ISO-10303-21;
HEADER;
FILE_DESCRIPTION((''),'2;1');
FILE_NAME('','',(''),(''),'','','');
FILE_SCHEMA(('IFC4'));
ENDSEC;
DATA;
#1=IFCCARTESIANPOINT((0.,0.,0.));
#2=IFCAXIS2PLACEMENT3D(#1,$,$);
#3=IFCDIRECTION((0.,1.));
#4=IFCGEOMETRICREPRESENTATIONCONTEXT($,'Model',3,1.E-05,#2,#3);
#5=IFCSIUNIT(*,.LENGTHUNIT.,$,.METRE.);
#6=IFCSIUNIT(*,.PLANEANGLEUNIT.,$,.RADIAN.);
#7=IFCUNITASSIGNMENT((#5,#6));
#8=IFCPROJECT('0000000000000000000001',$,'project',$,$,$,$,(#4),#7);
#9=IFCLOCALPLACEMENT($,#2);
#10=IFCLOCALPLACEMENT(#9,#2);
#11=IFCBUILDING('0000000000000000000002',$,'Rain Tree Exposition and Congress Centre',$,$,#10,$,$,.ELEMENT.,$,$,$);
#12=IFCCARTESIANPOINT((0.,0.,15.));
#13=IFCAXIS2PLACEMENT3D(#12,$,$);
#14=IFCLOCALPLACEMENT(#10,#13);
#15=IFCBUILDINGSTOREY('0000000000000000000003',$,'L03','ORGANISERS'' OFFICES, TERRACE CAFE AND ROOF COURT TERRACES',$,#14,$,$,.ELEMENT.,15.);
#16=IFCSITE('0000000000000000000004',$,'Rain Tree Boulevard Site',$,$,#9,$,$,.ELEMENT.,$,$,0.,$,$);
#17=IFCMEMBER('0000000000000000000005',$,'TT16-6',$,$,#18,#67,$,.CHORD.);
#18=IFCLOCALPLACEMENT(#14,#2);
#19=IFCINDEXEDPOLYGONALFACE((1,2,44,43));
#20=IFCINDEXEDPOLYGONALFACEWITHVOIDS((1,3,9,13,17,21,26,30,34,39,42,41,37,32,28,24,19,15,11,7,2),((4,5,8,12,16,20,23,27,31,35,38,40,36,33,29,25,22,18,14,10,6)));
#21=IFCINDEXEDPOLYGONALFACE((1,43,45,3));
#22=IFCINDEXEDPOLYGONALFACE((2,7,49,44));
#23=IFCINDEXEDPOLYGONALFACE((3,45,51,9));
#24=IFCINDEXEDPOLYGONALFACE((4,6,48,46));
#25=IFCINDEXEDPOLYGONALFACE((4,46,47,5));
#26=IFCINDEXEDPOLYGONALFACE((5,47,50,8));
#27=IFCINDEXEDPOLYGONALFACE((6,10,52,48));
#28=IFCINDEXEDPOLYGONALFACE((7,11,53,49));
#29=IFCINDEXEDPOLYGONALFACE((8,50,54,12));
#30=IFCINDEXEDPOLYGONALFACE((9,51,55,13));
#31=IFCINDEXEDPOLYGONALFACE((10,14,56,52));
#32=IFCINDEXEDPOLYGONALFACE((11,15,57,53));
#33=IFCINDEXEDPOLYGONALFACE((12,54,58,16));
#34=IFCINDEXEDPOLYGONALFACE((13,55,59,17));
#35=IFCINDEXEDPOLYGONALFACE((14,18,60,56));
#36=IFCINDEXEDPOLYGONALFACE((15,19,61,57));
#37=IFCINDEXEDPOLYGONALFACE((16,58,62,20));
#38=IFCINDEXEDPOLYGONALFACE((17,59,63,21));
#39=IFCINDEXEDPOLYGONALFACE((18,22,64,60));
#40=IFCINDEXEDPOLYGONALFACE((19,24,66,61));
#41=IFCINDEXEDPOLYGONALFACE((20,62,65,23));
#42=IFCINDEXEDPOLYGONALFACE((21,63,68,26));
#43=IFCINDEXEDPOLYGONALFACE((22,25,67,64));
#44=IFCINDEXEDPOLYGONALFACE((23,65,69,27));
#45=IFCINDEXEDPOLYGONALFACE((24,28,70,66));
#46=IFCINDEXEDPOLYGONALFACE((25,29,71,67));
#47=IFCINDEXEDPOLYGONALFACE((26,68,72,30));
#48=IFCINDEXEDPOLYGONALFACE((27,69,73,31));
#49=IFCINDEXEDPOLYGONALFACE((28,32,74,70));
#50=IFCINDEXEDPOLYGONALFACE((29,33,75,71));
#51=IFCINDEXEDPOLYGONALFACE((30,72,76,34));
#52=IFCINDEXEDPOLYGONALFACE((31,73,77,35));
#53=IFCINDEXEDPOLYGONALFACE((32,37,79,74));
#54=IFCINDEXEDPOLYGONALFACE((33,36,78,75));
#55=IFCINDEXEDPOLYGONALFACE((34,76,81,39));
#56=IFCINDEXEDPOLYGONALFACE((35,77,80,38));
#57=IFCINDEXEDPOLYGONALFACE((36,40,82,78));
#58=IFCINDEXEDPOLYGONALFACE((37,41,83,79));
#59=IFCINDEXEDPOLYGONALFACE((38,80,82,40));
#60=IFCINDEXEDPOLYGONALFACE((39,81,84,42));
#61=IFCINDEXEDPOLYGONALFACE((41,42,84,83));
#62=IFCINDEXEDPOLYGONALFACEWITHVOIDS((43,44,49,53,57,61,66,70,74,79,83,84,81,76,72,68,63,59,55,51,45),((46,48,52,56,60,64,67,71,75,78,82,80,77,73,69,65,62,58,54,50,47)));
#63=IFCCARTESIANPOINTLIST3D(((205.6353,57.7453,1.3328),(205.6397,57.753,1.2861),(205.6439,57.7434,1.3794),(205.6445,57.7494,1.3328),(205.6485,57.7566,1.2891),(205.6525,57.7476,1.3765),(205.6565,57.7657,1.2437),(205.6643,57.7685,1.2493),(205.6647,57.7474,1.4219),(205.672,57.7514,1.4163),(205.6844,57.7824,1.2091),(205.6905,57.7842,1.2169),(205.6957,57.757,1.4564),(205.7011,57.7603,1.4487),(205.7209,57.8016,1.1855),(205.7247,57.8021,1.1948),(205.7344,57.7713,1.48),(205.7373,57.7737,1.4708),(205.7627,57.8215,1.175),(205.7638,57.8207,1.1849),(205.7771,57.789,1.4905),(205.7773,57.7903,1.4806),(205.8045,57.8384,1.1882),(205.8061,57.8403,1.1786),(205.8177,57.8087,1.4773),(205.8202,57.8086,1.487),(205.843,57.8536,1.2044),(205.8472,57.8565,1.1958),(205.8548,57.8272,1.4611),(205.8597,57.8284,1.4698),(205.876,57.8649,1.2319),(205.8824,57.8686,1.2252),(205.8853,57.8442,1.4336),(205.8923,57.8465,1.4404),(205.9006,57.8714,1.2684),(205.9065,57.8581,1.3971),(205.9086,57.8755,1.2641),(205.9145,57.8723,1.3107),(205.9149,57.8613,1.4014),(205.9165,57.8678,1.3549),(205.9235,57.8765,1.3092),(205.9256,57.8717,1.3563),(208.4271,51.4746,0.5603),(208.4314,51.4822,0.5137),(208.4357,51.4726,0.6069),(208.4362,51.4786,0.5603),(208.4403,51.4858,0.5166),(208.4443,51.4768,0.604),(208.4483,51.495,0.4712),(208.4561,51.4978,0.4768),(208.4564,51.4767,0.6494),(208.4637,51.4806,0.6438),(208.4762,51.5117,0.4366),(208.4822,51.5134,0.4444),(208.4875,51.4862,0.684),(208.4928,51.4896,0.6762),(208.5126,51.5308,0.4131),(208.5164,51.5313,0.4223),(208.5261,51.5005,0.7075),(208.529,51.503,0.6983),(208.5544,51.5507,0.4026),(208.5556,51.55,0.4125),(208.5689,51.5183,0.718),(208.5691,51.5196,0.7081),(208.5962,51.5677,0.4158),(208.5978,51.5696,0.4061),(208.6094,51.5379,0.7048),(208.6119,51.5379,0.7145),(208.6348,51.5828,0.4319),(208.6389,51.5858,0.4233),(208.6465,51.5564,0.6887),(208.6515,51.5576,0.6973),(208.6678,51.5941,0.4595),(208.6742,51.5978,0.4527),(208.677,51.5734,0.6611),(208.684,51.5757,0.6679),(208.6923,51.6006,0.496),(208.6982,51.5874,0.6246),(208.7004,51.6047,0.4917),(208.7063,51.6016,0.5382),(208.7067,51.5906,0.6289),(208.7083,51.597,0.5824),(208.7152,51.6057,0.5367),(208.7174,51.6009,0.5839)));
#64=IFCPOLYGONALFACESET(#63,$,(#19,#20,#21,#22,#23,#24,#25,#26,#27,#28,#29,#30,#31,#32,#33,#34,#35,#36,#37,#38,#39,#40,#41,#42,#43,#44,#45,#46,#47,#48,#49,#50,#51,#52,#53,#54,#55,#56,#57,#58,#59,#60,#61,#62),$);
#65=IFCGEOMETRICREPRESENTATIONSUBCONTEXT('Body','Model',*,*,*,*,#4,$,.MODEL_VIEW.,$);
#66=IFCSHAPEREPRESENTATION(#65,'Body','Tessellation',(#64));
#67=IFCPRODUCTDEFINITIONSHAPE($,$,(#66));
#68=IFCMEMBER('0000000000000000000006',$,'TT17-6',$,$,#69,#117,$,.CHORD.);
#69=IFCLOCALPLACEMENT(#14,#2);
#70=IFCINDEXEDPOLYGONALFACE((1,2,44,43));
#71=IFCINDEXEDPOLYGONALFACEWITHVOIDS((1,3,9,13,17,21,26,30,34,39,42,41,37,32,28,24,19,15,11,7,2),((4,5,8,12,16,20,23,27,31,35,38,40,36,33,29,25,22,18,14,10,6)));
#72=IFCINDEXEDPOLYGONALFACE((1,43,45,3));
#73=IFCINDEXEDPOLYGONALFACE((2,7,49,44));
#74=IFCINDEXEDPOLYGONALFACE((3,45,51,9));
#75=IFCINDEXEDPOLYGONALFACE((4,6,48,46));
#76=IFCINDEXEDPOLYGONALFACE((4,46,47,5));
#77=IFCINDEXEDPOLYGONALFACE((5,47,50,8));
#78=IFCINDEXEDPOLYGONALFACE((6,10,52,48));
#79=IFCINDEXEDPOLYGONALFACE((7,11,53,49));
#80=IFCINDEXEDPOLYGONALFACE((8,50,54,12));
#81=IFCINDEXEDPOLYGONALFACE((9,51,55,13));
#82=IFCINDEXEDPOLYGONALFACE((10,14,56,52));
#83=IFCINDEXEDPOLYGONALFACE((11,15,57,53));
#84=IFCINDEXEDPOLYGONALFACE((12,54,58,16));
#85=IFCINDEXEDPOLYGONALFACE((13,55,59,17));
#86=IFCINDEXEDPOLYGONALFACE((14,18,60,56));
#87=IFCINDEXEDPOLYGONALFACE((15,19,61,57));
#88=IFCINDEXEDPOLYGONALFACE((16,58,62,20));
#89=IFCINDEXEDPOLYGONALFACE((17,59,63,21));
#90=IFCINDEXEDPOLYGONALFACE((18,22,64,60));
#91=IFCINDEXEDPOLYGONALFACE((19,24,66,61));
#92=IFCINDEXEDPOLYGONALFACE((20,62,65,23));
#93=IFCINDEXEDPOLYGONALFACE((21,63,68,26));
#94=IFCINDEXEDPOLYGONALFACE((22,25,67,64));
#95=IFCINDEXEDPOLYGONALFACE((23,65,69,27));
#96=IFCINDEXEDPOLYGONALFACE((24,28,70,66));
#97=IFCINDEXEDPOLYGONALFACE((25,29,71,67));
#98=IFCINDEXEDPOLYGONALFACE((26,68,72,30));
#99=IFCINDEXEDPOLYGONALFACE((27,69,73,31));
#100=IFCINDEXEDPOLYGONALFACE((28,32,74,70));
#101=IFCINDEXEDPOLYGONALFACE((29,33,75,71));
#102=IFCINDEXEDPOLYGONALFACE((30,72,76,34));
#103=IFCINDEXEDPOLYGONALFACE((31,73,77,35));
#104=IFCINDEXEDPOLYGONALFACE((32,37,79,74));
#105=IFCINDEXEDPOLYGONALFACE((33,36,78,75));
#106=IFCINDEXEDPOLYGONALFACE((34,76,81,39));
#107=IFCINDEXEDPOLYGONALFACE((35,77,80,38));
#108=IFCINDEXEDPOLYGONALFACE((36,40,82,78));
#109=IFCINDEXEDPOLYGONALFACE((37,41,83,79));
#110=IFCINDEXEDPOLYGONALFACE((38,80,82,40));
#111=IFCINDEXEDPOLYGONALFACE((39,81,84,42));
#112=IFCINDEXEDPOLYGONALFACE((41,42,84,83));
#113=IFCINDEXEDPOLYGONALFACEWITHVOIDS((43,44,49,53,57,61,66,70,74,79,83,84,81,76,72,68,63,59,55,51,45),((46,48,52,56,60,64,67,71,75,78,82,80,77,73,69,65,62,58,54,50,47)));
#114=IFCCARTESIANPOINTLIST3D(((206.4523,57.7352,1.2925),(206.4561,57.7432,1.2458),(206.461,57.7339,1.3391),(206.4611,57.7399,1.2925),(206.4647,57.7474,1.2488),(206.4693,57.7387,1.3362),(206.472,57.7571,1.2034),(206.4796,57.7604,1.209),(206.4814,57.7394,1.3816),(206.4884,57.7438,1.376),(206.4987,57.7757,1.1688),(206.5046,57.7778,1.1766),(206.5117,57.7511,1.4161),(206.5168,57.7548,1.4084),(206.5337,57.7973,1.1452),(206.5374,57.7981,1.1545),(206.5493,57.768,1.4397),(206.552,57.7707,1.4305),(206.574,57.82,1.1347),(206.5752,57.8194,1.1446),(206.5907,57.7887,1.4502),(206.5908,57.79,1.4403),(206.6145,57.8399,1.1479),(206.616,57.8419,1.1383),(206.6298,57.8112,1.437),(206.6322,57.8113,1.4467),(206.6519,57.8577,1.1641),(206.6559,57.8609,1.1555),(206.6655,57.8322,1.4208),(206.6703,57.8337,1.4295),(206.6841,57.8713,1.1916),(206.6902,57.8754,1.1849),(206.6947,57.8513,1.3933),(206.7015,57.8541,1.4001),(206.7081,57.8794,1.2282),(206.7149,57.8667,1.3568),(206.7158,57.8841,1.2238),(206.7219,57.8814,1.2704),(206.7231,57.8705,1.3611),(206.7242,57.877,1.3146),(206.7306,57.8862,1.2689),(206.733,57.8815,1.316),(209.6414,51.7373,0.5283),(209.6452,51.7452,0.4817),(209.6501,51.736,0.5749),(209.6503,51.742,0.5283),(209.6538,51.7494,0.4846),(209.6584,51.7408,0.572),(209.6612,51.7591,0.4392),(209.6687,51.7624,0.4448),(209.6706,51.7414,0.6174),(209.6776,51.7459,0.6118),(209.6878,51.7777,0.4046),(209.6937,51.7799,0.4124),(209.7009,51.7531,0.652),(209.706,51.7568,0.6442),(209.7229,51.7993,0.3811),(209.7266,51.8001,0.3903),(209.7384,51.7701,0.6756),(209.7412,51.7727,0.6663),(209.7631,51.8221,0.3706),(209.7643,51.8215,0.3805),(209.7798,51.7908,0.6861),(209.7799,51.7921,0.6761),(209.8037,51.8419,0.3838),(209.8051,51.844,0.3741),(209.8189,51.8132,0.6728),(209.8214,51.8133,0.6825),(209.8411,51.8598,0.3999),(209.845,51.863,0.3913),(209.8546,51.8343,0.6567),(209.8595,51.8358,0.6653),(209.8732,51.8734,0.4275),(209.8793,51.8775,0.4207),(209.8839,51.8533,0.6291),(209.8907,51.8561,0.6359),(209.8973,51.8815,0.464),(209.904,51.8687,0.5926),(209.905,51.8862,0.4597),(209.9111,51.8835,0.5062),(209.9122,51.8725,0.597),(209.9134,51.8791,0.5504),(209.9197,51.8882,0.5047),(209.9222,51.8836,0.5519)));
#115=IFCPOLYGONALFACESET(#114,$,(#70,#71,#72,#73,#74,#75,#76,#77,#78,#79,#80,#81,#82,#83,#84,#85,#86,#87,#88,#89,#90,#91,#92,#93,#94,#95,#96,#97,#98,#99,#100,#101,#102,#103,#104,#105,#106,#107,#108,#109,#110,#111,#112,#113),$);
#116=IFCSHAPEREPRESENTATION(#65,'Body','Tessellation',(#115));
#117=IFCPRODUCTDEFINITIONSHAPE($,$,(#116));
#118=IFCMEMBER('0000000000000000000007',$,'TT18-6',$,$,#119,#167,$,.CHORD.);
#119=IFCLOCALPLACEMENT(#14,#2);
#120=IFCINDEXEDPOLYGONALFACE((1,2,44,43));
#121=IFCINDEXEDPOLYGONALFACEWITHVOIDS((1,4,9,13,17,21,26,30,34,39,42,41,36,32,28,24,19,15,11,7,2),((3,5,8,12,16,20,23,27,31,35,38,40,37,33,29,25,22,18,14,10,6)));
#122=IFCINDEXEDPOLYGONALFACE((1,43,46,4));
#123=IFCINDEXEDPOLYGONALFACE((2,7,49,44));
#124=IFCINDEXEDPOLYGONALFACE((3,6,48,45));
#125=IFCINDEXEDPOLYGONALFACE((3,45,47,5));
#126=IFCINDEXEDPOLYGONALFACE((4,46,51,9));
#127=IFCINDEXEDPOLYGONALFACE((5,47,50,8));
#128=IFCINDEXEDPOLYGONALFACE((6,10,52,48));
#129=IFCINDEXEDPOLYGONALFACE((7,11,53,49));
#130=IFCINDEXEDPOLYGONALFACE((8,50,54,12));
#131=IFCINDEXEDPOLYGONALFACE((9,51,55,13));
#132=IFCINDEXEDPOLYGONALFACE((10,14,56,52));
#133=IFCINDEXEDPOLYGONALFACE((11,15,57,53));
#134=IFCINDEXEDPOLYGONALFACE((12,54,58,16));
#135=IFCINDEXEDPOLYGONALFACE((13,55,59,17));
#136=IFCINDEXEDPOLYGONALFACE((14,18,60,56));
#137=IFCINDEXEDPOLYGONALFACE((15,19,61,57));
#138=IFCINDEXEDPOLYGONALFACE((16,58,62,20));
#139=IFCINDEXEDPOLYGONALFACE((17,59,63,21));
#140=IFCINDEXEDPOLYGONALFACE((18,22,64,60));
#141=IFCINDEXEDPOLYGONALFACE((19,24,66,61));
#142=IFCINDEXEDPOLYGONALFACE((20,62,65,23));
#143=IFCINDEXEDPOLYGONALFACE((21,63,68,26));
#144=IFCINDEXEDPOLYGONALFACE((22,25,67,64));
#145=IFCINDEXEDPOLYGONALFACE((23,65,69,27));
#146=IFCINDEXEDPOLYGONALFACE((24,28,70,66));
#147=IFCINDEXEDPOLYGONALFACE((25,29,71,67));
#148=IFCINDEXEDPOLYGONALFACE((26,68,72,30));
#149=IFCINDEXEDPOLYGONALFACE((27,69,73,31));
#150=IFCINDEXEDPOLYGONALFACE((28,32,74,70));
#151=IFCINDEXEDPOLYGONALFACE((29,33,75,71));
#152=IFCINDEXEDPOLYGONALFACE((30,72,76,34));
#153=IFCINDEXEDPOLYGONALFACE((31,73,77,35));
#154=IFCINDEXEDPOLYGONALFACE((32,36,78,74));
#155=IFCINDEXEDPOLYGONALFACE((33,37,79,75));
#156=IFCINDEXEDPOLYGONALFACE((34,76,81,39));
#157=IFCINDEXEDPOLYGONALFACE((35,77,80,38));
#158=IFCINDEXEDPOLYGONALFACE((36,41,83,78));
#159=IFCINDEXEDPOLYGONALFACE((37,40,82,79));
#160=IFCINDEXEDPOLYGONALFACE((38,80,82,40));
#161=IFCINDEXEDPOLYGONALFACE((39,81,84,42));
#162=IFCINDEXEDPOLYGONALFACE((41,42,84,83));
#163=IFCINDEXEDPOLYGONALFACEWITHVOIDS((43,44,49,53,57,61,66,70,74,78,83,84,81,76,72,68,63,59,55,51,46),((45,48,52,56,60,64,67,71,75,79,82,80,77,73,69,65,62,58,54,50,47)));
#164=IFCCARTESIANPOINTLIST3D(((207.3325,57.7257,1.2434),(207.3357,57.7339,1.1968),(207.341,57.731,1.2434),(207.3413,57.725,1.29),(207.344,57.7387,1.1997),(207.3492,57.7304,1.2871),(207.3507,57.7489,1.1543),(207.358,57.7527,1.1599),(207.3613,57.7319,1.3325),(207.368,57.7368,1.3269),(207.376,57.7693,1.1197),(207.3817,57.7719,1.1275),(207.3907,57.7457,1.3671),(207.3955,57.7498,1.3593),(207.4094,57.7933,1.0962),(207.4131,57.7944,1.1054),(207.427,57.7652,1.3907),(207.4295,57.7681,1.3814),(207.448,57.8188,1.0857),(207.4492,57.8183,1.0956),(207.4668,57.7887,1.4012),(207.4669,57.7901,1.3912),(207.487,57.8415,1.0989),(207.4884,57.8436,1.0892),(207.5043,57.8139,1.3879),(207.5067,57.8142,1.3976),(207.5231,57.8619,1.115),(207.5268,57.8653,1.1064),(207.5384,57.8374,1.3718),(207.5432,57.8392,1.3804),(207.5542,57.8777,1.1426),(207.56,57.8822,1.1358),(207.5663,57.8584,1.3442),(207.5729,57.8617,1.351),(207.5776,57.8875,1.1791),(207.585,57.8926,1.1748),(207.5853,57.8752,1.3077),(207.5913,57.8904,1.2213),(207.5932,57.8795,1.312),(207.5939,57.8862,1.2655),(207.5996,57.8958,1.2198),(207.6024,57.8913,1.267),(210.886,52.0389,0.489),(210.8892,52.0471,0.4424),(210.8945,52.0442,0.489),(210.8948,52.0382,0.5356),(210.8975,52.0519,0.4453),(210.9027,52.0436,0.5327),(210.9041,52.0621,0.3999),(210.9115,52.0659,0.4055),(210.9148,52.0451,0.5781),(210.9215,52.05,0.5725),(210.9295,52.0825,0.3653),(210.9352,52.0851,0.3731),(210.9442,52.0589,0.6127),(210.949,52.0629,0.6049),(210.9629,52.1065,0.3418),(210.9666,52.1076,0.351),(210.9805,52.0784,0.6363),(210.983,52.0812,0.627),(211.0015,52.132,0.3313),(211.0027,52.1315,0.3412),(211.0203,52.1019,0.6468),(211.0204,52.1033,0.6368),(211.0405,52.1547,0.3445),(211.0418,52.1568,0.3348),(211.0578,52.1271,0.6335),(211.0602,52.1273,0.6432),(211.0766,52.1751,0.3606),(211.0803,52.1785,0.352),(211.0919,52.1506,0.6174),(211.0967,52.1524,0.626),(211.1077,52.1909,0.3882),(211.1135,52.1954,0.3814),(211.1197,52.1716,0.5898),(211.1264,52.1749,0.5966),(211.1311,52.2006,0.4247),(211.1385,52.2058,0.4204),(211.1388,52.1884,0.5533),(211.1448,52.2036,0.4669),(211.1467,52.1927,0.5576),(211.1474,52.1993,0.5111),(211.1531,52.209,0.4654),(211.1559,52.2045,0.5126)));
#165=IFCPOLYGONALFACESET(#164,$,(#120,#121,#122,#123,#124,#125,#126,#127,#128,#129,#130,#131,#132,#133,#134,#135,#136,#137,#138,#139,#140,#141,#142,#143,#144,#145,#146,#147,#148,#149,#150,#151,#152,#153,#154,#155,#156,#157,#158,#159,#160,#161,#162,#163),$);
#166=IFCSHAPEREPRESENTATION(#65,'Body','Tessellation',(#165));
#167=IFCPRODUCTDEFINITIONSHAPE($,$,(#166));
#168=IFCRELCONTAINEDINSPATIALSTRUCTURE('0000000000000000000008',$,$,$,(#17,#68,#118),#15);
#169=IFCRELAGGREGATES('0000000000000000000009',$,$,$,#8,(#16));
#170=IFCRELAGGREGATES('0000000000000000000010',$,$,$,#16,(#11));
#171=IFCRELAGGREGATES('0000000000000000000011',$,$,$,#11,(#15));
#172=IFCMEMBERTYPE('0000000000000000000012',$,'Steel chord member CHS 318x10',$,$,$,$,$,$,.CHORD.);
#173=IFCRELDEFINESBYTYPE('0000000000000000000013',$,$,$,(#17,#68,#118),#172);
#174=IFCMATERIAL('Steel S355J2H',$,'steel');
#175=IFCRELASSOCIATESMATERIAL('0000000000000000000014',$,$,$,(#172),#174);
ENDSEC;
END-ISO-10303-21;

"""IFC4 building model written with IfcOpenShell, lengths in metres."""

from ifc_helpers import new_model, si_unit, direction, frame, origin, origin_2d, place, context, subcontext, project, spatial, hollow_circle, extrude, material, material_profile, profile_set, type_object, element, save


model = new_model("IFC4")

# Units and contexts
model_context = context("Model", 3, precision=1e-05, world=origin(), true_north=direction((0.0, 1.0)))
body_context = subcontext(model_context, "Body", "Model", "MODEL_VIEW")
ifc_project = project(units=[si_unit("LENGTHUNIT", "METRE"), si_unit("PLANEANGLEUNIT", "RADIAN")], contexts=[model_context])

# Site, building, storey
site_placement = place(None, origin())
site = spatial("IfcSite", under=ifc_project, at=site_placement, Name="Rain Tree Boulevard Site", CompositionType="ELEMENT", RefElevation=0.0)
building_placement = place(site_placement, origin())
building = spatial("IfcBuilding", under=site, at=building_placement, Name="Rain Tree Exposition and Congress Centre", CompositionType="ELEMENT")
storey_placement = place(building_placement, frame((0.0, 0.0, 15.0)))
storey = spatial("IfcBuildingStorey", under=building, at=storey_placement, Name="L03", Description="ORGANISERS' OFFICES, TERRACE CAFE AND ROOF COURT TERRACES", CompositionType="ELEMENT", Elevation=15.0)

# Members
ifc_material_1 = material(Name="Steel S355J2H", Category="steel")
ifc_material_profile_1 = material_profile(ifc_material_1, hollow_circle(Radius=0.1592, WallThickness=0.01, at=origin_2d()), Name="CHS 318x10")
ifc_profile_set_1 = profile_set([ifc_material_profile_1], Name="Steel S355J2H")
member_type_1 = type_object("IfcMemberType", Name="Steel chord member CHS 318x10", PredefinedType="CHORD", material=ifc_profile_set_1)
member_1_placement = place(storey_placement, frame((208.5725, 51.5393, 0.5603), z_axis=(-0.404165, 0.907824, 0.11183), x_axis=(-0.913555, -0.406716, 0.0)))
element("IfcMember", 1, at=member_1_placement, inside=storey, type_object=member_type_1, Name="TT16-6", PredefinedType="CHORD", context=body_context, shape_type="SweptSolid", body=[
    extrude(hollow_circle(Radius=0.1592, WallThickness=0.01, at=origin_2d()), origin(), (0.0, 0.0, 1.0), 6.9075),
])
member_2_placement = place(storey_placement, frame((209.782, 51.812, 0.5283), z_axis=(-0.466528, 0.877414, 0.111784), x_axis=(-0.882948, -0.469471, 0.0)))
element("IfcMember", 2, at=member_2_placement, inside=storey, type_object=member_type_1, Name="TT17-6", PredefinedType="CHORD", context=body_context, shape_type="SweptSolid", body=[
    extrude(hollow_circle(Radius=0.1592, WallThickness=0.01, at=origin_2d()), origin(), (0.0, 0.0, 1.0), 6.8359),
])
member_3_placement = place(storey_placement, frame((211.021, 52.1233, 0.489), z_axis=(-0.526595, 0.842733, 0.111795), x_axis=(-0.848049, -0.529917, 0.0)))
element("IfcMember", 3, at=member_3_placement, inside=storey, type_object=member_type_1, Name="TT18-6", PredefinedType="CHORD", context=body_context, shape_type="SweptSolid", body=[
    extrude(hollow_circle(Radius=0.1592, WallThickness=0.01, at=origin_2d()), origin(), (0.0, 0.0, 1.0), 6.748),
])

save(model, "model.ifc")
